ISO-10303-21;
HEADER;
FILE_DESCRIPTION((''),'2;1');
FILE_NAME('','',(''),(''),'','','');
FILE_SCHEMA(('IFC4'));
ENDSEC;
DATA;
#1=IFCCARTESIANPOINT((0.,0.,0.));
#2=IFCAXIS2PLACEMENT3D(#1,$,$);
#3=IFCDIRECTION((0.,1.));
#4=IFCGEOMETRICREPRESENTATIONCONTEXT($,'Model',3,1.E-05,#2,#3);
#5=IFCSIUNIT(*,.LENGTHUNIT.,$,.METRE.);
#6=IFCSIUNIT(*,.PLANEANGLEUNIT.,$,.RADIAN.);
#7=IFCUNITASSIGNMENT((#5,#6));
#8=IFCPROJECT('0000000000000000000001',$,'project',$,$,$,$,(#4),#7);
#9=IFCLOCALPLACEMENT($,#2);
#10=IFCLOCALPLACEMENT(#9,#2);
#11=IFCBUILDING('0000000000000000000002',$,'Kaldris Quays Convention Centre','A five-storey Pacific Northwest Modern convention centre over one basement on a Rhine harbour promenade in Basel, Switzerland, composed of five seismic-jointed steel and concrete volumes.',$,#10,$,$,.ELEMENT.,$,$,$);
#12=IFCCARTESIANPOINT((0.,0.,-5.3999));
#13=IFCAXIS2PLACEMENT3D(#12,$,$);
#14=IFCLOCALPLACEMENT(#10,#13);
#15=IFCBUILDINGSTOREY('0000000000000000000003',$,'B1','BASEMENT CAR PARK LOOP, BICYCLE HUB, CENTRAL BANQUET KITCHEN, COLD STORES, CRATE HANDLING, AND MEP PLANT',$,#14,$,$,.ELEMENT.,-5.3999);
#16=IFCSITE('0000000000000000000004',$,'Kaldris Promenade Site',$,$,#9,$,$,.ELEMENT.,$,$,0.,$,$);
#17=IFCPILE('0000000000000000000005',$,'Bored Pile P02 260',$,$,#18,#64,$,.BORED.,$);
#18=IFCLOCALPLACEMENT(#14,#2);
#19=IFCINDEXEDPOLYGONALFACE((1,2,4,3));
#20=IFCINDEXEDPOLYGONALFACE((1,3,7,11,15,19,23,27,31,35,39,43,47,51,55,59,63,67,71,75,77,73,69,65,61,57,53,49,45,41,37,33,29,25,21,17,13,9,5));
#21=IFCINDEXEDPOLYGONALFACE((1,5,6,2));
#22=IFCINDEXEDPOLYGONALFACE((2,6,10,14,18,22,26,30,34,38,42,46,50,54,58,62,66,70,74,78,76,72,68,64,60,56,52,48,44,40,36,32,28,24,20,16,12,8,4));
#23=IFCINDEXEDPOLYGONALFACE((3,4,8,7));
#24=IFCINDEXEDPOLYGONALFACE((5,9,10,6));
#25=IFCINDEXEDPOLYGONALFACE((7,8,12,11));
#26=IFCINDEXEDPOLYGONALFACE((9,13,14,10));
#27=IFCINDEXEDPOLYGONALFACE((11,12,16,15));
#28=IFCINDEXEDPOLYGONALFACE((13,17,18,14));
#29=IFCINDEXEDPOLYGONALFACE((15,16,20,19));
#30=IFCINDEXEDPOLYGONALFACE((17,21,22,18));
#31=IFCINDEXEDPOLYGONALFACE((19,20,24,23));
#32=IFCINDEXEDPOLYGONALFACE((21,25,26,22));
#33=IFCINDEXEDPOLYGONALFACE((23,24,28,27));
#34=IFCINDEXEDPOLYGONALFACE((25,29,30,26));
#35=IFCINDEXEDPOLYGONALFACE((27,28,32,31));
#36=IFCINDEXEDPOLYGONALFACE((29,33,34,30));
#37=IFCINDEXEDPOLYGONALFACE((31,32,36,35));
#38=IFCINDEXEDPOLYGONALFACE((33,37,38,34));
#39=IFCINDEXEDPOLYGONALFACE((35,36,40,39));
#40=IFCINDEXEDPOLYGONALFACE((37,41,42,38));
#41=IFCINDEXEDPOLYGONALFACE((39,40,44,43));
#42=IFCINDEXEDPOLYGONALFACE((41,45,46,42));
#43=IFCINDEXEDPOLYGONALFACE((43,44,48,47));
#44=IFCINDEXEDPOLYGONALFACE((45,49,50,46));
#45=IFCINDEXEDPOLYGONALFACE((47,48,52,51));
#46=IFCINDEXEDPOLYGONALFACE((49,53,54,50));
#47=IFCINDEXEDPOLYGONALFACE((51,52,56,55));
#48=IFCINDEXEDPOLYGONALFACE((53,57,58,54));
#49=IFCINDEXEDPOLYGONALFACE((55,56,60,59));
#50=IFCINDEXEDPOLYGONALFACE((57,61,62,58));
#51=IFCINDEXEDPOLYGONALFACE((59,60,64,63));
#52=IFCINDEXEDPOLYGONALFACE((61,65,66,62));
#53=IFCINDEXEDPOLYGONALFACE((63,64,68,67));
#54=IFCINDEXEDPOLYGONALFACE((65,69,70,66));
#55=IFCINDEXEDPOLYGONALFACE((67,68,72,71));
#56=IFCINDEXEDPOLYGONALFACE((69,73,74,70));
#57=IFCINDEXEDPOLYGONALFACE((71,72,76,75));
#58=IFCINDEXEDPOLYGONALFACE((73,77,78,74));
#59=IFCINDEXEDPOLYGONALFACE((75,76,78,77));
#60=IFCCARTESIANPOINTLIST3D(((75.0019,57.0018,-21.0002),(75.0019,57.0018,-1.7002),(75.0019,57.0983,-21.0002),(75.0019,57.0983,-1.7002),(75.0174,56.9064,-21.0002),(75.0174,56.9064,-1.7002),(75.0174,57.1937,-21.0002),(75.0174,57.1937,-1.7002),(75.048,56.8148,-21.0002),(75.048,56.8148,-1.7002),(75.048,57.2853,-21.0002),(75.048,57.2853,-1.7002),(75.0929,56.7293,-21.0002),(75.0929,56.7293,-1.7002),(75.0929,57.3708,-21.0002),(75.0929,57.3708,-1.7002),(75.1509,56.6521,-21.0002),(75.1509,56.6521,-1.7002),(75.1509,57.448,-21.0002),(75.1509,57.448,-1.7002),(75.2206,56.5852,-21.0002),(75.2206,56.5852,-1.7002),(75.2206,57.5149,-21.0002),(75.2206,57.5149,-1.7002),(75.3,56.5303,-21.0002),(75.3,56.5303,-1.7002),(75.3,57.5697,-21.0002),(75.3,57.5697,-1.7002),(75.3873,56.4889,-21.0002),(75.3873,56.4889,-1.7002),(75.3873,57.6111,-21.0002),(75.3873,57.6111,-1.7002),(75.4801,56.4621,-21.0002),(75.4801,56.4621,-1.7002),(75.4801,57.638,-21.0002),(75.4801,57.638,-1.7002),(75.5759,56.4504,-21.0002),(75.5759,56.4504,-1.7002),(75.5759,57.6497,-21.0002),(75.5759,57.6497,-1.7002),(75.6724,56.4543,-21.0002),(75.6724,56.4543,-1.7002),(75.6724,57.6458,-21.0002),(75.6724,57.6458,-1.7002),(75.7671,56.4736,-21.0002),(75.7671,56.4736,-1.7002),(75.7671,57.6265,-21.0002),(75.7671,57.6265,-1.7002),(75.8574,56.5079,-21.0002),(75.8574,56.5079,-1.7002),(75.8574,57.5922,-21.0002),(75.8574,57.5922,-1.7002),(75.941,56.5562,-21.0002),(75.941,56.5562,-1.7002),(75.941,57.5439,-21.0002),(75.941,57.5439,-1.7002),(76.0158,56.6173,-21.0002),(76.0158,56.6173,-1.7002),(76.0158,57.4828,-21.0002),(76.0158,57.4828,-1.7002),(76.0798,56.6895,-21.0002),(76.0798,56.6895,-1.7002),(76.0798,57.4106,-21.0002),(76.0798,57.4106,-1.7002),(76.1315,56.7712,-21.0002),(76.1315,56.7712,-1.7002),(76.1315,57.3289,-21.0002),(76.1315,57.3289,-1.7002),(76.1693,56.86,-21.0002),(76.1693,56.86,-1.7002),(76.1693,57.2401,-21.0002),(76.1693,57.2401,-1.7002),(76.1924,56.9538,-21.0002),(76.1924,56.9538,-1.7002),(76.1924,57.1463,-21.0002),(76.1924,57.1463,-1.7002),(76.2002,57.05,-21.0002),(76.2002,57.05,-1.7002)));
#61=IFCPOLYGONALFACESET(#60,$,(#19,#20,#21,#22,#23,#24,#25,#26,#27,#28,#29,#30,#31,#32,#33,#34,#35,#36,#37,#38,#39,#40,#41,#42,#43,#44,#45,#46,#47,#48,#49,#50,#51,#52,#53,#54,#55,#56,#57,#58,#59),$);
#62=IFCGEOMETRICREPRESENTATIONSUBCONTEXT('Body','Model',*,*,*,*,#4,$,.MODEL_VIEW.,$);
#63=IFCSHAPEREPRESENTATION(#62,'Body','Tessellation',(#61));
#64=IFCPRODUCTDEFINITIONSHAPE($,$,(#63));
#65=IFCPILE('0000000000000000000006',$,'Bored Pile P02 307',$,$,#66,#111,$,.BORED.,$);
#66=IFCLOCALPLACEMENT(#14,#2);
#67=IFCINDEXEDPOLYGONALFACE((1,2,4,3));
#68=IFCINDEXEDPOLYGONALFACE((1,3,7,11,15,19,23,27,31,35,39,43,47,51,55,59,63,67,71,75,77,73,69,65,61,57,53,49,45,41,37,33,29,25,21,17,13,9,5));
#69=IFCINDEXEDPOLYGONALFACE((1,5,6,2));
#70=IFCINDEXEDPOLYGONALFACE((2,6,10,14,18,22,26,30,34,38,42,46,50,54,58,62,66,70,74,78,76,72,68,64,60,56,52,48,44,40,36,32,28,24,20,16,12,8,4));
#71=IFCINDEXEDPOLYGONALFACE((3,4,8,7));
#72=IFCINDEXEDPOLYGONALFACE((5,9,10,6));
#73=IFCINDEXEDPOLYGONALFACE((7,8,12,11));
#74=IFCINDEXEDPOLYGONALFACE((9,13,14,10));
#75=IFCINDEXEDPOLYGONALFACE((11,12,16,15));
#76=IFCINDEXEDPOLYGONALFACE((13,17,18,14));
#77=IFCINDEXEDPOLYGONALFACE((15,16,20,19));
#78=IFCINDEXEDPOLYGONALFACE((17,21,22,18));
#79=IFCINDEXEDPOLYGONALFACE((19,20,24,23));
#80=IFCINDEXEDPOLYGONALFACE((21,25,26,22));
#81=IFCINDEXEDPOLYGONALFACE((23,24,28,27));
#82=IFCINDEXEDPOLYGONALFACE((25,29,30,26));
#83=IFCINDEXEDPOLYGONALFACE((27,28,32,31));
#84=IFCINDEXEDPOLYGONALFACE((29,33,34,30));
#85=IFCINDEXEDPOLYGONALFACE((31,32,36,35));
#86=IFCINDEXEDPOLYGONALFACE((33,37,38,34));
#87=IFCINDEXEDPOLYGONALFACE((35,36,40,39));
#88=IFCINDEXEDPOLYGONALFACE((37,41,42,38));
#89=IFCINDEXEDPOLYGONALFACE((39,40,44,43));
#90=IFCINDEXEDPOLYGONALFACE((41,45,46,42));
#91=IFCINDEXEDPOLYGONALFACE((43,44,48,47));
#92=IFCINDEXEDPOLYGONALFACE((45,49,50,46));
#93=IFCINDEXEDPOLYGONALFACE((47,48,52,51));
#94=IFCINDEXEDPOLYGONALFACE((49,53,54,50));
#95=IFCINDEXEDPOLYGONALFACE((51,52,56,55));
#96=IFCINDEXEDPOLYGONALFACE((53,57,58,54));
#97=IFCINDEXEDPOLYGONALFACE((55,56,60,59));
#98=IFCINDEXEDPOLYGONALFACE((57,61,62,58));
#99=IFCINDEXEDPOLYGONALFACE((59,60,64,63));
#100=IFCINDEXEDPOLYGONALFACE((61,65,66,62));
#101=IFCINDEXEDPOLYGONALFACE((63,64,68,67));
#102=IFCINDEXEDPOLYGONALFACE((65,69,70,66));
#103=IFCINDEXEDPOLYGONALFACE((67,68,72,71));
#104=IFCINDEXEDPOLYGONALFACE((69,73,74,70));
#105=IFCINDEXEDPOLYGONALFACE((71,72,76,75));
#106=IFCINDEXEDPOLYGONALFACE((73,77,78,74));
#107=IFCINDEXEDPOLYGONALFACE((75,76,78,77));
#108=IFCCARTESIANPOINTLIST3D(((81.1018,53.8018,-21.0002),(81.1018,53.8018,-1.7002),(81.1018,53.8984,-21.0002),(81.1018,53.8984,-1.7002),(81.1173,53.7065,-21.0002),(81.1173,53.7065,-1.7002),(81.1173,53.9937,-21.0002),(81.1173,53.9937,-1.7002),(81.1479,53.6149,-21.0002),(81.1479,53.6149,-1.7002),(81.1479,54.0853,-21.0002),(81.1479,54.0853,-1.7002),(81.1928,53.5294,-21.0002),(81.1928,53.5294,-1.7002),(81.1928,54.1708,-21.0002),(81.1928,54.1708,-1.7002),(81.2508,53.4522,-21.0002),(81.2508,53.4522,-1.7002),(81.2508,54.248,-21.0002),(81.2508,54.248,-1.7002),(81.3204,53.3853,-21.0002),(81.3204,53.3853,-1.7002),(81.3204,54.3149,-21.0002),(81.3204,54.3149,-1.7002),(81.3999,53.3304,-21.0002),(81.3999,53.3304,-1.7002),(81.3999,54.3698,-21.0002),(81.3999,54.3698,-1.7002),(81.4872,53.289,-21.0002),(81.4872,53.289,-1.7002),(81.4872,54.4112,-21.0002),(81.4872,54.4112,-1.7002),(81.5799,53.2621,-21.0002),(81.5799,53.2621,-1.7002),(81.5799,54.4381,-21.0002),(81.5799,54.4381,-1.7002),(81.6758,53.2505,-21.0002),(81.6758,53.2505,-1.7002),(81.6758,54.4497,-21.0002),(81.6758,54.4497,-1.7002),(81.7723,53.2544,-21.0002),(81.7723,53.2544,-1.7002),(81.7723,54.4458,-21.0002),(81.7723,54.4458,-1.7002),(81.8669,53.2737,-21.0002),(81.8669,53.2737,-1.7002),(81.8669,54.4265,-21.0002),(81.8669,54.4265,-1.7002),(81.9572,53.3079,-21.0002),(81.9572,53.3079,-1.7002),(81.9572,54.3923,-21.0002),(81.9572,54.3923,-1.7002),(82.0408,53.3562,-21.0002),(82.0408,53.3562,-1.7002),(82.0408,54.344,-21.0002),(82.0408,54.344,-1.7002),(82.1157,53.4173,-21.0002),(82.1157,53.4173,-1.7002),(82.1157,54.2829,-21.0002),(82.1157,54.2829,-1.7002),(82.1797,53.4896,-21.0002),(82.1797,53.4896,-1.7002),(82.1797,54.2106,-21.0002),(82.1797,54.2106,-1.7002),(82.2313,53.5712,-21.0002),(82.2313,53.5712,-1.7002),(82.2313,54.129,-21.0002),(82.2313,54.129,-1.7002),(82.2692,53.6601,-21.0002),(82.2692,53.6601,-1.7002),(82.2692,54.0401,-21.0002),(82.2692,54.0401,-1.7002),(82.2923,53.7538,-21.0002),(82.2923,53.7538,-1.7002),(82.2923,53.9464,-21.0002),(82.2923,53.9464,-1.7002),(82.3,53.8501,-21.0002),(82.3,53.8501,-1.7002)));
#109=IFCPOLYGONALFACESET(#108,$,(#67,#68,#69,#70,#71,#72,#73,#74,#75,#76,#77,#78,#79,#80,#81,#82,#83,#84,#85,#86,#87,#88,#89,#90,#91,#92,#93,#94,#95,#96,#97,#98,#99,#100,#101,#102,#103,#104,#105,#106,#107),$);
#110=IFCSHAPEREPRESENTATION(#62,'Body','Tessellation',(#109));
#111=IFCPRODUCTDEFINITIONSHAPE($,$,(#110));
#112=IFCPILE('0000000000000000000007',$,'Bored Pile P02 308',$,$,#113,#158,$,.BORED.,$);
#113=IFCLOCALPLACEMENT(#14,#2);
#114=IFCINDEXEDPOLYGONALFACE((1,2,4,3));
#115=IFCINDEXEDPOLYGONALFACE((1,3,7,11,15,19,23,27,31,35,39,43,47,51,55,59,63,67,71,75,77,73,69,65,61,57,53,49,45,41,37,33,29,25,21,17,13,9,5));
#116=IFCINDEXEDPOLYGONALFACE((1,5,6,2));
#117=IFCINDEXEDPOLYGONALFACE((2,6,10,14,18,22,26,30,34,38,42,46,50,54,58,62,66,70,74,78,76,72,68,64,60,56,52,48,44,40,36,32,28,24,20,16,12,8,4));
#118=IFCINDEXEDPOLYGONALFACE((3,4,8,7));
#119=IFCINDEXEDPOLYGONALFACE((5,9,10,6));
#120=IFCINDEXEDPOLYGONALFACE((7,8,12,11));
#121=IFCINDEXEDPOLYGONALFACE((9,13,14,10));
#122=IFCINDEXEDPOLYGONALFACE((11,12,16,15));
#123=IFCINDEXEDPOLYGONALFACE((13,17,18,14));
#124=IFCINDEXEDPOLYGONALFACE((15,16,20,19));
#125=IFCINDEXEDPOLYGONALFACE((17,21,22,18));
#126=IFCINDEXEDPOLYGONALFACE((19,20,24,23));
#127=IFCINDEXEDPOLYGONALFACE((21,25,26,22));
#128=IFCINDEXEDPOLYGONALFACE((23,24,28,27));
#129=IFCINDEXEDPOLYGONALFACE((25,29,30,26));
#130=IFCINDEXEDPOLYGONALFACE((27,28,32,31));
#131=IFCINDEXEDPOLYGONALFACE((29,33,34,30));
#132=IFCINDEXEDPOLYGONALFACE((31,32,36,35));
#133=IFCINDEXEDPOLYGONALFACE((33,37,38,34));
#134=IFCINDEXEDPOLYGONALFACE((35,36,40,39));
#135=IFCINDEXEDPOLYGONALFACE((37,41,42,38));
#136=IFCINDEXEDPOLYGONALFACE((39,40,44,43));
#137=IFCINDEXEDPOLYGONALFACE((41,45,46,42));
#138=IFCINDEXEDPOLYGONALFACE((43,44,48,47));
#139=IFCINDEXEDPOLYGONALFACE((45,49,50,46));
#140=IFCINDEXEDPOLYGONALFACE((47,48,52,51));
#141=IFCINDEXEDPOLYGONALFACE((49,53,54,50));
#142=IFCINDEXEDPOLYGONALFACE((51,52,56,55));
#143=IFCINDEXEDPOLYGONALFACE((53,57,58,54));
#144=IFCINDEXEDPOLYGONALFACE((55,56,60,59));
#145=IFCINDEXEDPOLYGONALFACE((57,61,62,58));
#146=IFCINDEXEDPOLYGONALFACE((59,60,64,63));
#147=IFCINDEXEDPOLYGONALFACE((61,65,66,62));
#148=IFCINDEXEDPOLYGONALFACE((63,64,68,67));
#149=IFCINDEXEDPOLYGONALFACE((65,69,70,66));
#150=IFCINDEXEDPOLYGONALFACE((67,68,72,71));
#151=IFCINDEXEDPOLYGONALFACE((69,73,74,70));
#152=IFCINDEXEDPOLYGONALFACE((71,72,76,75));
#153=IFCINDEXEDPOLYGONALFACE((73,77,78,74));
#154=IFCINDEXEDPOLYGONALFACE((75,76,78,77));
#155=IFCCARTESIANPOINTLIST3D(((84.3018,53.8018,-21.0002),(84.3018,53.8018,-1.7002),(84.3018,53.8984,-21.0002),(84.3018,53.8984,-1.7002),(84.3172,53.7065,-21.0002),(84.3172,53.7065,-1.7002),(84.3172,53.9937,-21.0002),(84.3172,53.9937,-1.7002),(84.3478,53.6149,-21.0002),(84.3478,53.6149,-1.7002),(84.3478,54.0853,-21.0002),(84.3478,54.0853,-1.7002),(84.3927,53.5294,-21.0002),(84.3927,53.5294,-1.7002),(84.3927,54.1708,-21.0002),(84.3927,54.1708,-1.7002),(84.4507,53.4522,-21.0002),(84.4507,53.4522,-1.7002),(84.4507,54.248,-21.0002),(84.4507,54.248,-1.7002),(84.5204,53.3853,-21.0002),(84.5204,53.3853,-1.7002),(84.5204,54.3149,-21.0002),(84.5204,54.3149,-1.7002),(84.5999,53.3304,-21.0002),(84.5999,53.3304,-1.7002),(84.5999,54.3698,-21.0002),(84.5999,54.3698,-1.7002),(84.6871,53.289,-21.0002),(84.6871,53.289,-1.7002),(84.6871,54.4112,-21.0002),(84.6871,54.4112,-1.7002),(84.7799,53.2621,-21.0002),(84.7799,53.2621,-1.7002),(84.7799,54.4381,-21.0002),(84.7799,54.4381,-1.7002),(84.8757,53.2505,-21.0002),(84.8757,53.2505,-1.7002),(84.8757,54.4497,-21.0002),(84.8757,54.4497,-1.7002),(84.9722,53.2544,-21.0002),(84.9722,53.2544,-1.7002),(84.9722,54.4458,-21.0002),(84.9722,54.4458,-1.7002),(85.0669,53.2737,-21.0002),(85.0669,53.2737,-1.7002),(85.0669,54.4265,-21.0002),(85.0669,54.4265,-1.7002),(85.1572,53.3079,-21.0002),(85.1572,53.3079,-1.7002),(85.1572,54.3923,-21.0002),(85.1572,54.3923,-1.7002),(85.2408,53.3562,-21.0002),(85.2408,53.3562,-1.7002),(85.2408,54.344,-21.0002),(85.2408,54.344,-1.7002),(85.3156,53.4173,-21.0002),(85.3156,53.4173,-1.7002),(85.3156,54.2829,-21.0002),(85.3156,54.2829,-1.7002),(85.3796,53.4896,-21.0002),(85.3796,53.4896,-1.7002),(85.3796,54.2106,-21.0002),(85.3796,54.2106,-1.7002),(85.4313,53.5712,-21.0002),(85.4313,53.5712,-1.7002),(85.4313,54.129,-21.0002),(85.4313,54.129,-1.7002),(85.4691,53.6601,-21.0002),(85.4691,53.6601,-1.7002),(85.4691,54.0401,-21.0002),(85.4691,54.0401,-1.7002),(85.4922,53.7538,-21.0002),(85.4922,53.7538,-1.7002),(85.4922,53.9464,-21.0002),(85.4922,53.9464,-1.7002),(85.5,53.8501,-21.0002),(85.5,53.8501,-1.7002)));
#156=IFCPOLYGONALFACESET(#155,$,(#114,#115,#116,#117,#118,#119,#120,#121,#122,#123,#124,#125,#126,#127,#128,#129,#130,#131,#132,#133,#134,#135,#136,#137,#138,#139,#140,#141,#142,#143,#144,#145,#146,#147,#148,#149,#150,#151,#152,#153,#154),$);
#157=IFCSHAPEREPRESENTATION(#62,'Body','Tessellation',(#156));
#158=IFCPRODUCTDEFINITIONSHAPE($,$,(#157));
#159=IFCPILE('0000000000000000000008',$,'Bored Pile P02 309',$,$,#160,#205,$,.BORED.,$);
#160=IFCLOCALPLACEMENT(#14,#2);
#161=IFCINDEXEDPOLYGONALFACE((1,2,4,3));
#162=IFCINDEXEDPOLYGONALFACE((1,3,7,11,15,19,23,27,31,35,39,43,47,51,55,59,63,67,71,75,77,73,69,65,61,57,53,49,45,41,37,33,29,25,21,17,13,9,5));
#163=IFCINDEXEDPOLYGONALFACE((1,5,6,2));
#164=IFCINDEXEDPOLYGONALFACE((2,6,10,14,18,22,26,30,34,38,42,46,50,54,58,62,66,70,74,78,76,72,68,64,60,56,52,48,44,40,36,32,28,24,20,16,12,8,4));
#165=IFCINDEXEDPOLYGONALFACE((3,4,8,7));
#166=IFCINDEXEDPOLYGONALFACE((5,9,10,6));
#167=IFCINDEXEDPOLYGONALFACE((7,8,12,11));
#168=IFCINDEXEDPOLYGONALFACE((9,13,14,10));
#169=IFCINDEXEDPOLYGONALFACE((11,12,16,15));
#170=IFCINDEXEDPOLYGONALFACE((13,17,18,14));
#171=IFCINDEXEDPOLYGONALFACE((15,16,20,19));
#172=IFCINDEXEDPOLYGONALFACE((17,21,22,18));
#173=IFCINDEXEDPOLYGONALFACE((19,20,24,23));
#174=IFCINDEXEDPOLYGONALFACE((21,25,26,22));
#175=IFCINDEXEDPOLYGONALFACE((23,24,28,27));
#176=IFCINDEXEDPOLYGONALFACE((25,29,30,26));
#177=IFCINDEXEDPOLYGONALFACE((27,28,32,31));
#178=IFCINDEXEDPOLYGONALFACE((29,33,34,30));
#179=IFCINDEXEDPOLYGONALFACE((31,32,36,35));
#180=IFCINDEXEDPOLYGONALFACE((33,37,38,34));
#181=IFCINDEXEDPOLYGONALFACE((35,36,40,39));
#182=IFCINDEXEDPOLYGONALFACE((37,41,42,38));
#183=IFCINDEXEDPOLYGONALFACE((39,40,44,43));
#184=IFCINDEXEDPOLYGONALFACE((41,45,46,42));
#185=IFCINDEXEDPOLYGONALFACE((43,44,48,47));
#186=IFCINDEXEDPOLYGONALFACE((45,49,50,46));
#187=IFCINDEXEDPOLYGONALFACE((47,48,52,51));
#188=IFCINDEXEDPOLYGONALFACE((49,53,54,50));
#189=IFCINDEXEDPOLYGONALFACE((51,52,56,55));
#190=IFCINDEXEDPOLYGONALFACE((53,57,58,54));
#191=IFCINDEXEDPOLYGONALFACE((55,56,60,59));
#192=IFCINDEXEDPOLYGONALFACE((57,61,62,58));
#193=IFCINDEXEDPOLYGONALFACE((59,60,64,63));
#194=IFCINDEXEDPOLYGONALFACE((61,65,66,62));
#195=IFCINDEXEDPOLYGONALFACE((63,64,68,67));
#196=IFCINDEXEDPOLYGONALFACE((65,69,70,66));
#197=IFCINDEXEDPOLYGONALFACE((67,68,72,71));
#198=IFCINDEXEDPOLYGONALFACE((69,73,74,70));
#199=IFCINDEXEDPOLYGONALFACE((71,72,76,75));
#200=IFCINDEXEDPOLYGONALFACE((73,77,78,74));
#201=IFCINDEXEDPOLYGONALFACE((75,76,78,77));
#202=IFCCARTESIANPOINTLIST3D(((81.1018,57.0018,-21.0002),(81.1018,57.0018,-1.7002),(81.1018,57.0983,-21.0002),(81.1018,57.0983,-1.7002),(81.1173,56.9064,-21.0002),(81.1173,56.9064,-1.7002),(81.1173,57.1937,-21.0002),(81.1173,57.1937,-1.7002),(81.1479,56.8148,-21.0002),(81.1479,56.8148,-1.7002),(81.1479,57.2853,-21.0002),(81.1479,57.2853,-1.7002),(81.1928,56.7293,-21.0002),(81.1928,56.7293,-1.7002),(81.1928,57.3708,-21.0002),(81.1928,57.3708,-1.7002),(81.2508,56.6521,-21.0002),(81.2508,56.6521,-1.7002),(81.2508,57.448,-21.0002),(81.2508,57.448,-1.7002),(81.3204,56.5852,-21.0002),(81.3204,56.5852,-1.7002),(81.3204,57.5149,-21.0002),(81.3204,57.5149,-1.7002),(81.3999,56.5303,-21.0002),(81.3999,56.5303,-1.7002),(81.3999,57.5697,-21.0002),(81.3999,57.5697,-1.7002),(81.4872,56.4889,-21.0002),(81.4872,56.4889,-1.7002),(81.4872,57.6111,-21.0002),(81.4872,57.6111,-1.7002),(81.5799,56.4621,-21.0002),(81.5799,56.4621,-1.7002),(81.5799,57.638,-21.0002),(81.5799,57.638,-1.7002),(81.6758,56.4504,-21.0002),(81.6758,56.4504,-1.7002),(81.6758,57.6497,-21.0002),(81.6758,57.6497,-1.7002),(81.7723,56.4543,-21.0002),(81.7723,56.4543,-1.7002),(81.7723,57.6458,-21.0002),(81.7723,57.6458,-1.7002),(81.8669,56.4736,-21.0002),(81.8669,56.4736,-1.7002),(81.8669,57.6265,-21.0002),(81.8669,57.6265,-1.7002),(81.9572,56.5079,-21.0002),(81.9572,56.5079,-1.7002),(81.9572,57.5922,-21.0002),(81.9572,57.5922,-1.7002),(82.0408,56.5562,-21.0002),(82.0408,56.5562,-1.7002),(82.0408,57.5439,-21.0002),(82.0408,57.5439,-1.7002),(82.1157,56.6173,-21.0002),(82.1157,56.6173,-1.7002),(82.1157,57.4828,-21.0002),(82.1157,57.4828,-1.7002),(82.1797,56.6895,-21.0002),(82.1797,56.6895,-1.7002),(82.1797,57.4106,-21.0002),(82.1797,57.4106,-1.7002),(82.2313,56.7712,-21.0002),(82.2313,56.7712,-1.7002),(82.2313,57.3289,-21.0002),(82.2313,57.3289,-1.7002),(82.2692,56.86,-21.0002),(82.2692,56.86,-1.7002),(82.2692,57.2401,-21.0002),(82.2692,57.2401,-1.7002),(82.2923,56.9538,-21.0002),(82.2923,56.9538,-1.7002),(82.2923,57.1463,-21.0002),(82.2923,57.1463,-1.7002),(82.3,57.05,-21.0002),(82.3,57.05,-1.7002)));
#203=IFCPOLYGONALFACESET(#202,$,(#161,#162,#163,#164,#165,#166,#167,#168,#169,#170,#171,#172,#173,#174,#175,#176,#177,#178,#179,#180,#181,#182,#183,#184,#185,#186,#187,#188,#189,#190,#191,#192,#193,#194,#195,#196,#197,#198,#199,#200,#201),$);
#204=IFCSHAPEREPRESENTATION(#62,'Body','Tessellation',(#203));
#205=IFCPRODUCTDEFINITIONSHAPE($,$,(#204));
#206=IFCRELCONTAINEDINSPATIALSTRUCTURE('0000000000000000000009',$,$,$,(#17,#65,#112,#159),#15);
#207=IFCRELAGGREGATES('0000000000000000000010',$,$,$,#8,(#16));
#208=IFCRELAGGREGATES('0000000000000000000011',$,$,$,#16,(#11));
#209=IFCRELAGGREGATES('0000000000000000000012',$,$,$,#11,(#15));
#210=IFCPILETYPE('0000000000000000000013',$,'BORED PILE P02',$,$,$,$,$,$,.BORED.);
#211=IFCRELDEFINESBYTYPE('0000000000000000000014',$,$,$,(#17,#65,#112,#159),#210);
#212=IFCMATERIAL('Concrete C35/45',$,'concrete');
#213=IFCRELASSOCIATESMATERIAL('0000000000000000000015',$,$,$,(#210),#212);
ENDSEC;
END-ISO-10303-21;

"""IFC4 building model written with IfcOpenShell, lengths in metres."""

from ifc_helpers import new_model, si_unit, direction, frame, origin, origin_2d, place, context, subcontext, project, spatial, circle, extrude, material, material_profile, profile_set, type_object, element, save


model = new_model("IFC4")

# Units and contexts
model_context = context("Model", 3, precision=1e-05, world=origin(), true_north=direction((0.0, 1.0)))
body_context = subcontext(model_context, "Body", "Model", "MODEL_VIEW")
ifc_project = project(units=[si_unit("LENGTHUNIT", "METRE"), si_unit("PLANEANGLEUNIT", "RADIAN")], contexts=[model_context])

# Site, building, storey
site_placement = place(None, origin())
site = spatial("IfcSite", under=ifc_project, at=site_placement, Name="Kaldris Promenade Site", CompositionType="ELEMENT", RefElevation=0.0)
building_placement = place(site_placement, origin())
building = spatial("IfcBuilding", under=site, at=building_placement, Name="Kaldris Quays Convention Centre", Description="A five-storey Pacific Northwest Modern convention centre over one basement on a Rhine harbour promenade in Basel, Switzerland, composed of five seismic-jointed steel and concrete volumes.", CompositionType="ELEMENT")
storey_placement = place(building_placement, frame((0.0, 0.0, -5.3999)))
storey = spatial("IfcBuildingStorey", under=building, at=storey_placement, Name="B1", Description="BASEMENT CAR PARK LOOP, BICYCLE HUB, CENTRAL BANQUET KITCHEN, COLD STORES, CRATE HANDLING, AND MEP PLANT", CompositionType="ELEMENT", Elevation=-5.3999)

# Piles
ifc_material_1 = material(Name="Concrete C35/45", Category="concrete")
ifc_material_profile_1 = material_profile(ifc_material_1, circle(Radius=0.6001, at=origin_2d()), Name="BORED PILE D1200")
ifc_profile_set_1 = profile_set([ifc_material_profile_1], Name="Concrete C35/45")
pile_type = type_object("IfcPileType", Name="BORED PILE P02", PredefinedType="BORED", material=ifc_profile_set_1)
for number, where, z_axis, x_axis, name in (
    (1, (75.6001, 57.05, -1.7002), (0.0, 0.0, -1.0), (1.0, 0.0, 0.0), "Bored Pile P02 260"),
    (2, (81.7, 53.8501, -1.7002), (0.0, 0.0, -1.0), (1.0, 0.0, 0.0), "Bored Pile P02 307"),
    (3, (84.8999, 53.8501, -1.7002), (0.0, 0.0, -1.0), (1.0, 0.0, 0.0), "Bored Pile P02 308"),
    (4, (81.7, 57.05, -1.7002), (0.0, 0.0, -1.0), (1.0, 0.0, 0.0), "Bored Pile P02 309"),
):
    element("IfcPile", number, at=place(storey_placement, frame(where, z_axis=z_axis, x_axis=x_axis)), inside=storey, type_object=pile_type, Name=name, PredefinedType="BORED", context=body_context, shape_type="SweptSolid", body=[
        extrude(circle(Radius=0.6001, at=origin_2d()), origin(), (0.0, 0.0, 1.0), 19.3),
    ])

save(model, "model.ifc")
